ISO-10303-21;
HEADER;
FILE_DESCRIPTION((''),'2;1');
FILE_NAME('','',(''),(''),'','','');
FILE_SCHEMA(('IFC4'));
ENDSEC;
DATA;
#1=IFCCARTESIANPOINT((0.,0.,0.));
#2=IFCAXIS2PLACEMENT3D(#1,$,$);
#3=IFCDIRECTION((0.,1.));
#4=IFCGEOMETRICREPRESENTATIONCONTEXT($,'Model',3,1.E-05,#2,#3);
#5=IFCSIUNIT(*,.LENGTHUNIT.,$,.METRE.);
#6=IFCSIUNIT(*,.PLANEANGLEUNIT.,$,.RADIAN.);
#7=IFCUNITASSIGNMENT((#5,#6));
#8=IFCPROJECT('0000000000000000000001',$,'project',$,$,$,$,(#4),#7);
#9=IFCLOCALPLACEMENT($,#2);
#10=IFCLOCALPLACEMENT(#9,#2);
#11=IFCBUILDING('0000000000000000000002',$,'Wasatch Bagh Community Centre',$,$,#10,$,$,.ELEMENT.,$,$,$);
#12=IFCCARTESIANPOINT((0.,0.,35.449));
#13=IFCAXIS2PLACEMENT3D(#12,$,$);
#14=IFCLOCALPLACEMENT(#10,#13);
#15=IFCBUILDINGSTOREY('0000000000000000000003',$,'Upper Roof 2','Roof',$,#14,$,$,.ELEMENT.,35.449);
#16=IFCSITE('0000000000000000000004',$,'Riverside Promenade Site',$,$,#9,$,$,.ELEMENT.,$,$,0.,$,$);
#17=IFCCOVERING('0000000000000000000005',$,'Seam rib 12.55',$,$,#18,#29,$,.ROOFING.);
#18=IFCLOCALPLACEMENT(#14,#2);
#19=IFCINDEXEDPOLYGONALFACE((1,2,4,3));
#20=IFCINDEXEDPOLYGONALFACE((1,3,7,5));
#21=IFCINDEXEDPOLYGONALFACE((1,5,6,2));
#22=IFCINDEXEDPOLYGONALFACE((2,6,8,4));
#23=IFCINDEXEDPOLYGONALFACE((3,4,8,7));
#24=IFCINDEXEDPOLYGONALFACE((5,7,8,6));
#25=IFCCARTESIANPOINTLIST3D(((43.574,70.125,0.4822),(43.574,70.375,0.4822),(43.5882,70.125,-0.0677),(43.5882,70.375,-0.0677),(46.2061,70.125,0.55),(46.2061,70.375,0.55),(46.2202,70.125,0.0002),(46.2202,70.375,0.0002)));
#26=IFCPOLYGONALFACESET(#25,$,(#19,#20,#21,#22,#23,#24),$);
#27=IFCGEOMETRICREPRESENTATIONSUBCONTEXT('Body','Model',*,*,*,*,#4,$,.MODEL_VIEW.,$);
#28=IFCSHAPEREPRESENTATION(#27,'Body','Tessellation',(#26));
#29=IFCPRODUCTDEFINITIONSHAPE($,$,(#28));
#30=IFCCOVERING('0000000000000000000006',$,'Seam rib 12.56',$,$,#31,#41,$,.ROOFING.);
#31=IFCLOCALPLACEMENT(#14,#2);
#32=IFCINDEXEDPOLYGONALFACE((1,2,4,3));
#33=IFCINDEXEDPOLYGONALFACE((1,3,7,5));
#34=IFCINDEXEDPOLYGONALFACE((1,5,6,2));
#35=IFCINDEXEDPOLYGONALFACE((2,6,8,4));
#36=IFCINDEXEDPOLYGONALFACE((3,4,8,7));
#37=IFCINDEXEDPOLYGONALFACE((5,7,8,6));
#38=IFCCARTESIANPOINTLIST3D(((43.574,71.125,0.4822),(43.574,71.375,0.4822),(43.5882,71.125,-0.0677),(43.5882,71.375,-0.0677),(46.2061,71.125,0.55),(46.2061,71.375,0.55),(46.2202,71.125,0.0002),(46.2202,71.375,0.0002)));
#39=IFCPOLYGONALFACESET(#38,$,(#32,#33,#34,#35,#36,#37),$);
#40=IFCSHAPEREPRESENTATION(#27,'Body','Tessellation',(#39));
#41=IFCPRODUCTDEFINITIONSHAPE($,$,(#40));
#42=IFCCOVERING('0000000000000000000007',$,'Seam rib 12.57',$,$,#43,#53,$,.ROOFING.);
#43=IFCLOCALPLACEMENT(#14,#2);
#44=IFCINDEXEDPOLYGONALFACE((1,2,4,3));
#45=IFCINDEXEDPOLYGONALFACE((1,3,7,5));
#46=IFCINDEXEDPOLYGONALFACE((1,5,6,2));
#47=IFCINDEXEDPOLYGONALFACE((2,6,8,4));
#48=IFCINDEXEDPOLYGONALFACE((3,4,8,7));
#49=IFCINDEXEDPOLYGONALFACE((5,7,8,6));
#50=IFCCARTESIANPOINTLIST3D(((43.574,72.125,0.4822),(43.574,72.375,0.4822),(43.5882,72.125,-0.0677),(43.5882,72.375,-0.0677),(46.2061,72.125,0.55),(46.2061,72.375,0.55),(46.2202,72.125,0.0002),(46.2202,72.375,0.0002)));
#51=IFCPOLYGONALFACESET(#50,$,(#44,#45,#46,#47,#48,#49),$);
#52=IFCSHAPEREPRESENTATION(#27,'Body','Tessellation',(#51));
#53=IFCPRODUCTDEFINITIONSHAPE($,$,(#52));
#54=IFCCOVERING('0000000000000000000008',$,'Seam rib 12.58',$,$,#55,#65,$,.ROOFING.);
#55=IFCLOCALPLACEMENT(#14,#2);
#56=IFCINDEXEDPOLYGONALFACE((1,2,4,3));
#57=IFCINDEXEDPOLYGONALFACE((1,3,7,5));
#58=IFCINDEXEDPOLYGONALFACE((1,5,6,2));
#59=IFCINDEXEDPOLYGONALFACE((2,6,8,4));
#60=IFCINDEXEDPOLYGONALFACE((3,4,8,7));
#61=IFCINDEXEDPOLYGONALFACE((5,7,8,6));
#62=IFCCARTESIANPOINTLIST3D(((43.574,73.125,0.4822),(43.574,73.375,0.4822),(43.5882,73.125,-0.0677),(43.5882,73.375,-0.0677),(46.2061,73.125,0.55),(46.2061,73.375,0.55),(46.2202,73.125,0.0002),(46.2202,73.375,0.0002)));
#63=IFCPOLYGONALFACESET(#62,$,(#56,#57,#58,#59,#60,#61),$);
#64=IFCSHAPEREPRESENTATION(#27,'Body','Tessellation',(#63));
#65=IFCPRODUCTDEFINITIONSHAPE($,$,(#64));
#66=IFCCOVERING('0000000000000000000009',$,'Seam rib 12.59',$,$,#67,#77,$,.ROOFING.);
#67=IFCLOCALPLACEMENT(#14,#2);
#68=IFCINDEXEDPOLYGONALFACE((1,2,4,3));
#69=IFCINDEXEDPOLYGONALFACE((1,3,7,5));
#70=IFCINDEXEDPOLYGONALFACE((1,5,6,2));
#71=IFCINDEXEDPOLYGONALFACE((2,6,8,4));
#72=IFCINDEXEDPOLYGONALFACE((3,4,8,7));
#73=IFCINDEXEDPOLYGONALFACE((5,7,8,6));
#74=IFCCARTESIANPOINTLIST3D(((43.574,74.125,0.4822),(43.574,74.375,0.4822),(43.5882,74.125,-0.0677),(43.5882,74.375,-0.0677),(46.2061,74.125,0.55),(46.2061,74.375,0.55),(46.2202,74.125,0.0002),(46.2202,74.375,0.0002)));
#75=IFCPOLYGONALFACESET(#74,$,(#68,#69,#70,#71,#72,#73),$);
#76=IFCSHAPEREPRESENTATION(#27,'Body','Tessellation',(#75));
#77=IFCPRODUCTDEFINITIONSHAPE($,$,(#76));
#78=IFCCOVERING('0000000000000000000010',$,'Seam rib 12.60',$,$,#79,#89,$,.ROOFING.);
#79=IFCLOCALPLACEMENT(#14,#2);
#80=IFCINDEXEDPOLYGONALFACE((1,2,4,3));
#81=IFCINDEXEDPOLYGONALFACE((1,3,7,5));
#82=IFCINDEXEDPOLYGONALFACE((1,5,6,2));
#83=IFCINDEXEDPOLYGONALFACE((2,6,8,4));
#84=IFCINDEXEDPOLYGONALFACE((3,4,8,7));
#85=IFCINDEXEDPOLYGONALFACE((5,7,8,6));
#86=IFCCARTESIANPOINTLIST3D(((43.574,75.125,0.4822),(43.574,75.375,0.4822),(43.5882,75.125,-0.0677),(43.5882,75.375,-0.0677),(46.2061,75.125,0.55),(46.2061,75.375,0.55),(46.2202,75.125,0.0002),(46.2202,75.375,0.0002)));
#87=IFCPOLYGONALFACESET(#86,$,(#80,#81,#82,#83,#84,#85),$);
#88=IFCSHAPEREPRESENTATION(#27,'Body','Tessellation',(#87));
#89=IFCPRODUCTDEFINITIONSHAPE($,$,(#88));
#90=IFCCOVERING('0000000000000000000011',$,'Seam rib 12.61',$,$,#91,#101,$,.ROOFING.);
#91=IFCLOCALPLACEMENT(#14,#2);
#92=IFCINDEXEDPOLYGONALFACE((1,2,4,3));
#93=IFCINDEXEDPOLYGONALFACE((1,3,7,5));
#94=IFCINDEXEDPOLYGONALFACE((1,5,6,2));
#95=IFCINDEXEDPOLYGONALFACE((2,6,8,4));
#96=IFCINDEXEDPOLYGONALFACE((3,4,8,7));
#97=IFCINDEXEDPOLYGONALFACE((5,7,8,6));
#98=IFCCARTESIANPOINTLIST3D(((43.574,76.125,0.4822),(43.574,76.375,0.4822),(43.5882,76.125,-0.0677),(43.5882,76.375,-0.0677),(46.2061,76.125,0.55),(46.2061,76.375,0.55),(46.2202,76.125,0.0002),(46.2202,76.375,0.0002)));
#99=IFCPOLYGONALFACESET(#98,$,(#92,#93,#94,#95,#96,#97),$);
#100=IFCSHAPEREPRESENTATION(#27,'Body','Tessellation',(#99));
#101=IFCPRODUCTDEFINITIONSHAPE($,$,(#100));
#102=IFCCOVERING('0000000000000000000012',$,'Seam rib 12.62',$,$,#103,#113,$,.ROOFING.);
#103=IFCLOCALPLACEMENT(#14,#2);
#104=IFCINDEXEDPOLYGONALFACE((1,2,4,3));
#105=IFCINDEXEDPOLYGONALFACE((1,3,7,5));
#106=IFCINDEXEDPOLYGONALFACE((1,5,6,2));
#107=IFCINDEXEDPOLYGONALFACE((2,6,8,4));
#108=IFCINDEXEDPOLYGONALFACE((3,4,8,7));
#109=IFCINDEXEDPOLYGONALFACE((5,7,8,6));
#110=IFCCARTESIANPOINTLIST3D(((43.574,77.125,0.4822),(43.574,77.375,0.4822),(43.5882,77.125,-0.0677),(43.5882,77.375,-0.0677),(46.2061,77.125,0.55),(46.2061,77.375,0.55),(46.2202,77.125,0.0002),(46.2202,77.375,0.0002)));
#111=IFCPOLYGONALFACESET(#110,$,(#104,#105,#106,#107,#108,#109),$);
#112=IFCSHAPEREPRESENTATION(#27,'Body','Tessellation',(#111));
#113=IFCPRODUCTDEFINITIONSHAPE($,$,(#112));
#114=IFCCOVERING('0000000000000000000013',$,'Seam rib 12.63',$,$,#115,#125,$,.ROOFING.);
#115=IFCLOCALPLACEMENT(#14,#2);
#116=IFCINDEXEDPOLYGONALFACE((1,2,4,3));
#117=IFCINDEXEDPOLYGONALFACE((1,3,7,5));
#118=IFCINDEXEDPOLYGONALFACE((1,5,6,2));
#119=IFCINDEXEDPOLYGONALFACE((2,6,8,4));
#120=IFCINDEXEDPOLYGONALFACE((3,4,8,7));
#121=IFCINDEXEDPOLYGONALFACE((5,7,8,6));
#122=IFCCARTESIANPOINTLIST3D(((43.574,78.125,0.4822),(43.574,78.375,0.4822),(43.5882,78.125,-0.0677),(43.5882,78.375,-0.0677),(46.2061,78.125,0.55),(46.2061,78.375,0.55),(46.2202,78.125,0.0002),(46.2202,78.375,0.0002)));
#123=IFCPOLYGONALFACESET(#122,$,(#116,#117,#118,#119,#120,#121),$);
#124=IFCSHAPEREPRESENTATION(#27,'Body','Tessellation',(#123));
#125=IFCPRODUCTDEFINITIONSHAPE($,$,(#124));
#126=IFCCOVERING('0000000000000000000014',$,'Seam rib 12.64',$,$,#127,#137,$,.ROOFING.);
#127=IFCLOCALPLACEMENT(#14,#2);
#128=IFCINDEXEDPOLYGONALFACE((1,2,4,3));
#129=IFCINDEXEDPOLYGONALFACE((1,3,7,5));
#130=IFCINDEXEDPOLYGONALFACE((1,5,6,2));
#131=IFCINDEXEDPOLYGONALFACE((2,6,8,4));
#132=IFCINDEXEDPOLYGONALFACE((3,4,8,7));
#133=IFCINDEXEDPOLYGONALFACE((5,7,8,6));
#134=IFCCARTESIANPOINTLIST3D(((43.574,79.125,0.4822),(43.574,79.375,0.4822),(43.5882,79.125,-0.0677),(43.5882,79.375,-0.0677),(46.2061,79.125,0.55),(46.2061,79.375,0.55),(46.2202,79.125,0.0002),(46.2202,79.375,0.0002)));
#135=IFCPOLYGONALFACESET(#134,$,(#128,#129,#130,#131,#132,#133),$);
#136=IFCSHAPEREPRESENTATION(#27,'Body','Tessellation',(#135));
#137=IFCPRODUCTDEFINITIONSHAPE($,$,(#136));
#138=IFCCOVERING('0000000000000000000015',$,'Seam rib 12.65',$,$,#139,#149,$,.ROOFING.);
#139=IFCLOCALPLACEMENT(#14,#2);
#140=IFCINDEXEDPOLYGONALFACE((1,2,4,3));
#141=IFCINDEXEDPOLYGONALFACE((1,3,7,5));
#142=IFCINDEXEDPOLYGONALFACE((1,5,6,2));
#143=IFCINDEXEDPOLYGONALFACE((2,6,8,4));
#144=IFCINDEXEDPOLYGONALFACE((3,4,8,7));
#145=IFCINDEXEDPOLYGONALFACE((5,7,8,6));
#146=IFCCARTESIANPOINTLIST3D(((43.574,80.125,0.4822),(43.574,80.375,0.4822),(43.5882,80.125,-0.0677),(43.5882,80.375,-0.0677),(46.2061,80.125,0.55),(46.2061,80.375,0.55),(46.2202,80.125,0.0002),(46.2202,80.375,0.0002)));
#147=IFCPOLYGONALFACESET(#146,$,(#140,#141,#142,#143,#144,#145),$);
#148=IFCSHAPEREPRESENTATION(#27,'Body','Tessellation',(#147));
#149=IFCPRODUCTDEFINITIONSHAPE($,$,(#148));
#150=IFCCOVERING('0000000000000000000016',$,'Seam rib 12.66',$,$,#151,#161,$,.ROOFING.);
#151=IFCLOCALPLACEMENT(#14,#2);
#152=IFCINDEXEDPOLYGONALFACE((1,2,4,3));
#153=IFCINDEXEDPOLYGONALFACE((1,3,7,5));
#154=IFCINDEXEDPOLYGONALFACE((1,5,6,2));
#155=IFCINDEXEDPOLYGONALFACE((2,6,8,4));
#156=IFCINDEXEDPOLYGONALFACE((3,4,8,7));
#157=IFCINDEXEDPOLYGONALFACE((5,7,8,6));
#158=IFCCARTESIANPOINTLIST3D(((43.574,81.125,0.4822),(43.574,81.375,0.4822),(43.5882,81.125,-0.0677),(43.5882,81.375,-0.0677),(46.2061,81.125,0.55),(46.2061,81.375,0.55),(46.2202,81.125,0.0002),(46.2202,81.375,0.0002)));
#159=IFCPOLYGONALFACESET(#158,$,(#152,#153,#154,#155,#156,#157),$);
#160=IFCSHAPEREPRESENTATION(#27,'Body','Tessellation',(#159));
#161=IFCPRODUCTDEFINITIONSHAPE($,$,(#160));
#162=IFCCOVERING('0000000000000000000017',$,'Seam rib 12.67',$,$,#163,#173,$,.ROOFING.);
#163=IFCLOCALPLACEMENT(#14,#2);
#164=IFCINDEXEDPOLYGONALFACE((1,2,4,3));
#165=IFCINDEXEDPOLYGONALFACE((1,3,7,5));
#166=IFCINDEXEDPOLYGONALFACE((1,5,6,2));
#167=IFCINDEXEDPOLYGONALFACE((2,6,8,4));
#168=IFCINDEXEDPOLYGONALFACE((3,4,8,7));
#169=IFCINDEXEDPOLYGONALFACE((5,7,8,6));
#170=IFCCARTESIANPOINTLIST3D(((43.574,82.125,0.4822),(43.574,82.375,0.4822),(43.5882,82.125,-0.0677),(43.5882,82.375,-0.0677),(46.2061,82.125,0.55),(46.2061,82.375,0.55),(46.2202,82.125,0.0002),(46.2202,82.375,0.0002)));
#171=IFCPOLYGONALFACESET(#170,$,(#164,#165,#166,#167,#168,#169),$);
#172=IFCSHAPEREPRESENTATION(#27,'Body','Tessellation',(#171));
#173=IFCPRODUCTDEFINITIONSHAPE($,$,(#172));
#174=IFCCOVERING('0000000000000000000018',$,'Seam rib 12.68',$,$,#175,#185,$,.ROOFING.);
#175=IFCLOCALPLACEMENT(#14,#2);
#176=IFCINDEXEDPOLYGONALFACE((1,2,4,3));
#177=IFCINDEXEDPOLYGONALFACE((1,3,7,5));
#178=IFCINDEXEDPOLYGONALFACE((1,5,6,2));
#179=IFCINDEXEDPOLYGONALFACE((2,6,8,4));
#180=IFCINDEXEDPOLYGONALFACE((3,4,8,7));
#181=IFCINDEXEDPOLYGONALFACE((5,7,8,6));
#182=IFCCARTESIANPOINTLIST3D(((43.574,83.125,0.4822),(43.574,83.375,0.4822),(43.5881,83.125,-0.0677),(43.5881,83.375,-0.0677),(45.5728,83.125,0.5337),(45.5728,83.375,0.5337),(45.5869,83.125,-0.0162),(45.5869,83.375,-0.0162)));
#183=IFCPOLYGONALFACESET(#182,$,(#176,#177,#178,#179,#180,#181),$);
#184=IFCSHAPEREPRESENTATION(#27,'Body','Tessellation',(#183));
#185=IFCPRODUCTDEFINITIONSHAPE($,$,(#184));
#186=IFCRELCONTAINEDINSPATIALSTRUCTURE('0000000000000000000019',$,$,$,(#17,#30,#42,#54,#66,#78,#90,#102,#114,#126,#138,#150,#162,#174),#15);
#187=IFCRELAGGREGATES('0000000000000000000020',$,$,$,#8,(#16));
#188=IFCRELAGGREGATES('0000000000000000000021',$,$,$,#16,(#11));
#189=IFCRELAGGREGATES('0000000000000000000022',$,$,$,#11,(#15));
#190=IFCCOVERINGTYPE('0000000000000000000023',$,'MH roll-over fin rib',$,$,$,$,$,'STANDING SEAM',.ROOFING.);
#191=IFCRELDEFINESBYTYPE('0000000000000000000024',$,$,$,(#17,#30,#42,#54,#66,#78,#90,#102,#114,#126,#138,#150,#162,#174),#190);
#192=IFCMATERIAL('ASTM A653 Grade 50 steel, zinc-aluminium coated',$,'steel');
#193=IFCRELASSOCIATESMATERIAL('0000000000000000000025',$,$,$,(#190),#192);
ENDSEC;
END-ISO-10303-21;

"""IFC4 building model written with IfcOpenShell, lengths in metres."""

from ifc_helpers import new_model, si_unit, direction, frame, origin, place, context, subcontext, project, spatial, polyline, outline, extrude, material, type_object, element, save


model = new_model("IFC4")

# Units and contexts
model_context = context("Model", 3, precision=1e-05, world=origin(), true_north=direction((0.0, 1.0)))
body_context = subcontext(model_context, "Body", "Model", "MODEL_VIEW")
ifc_project = project(units=[si_unit("LENGTHUNIT", "METRE"), si_unit("PLANEANGLEUNIT", "RADIAN")], contexts=[model_context])

# Site, building, storey
site_placement = place(None, origin())
site = spatial("IfcSite", under=ifc_project, at=site_placement, Name="Riverside Promenade Site", CompositionType="ELEMENT", RefElevation=0.0)
building_placement = place(site_placement, origin())
building = spatial("IfcBuilding", under=site, at=building_placement, Name="Wasatch Bagh Community Centre", CompositionType="ELEMENT")
storey_placement = place(building_placement, frame((0.0, 0.0, 35.449)))
storey = spatial("IfcBuildingStorey", under=building, at=storey_placement, Name="Upper Roof 2", Description="Roof", CompositionType="ELEMENT", Elevation=35.449)

# Coverings
ifc_material_1 = material(Name="ASTM A653 Grade 50 steel, zinc-aluminium coated", Category="steel")
covering_type = type_object("IfcCoveringType", Name="MH roll-over fin rib", ElementType="STANDING SEAM", PredefinedType="ROOFING", material=ifc_material_1)
for number, where, z_axis, x_axis, name in (
    (1, (43.574, 70.125, 0.4822), (-0.025778, 0.0, 0.999668), (0.999668, 0.0, 0.025778), "Seam rib 12.55"),
    (2, (43.574, 71.125, 0.4822), (-0.025778, 0.0, 0.999668), (0.999668, 0.0, 0.025778), "Seam rib 12.56"),
    (3, (43.574, 72.125, 0.4822), (-0.025778, 0.0, 0.999668), (0.999668, 0.0, 0.025778), "Seam rib 12.57"),
    (4, (43.574, 73.125, 0.4822), (-0.025778, 0.0, 0.999668), (0.999668, 0.0, 0.025778), "Seam rib 12.58"),
    (5, (43.574, 74.125, 0.4822), (-0.025778, 0.0, 0.999668), (0.999668, 0.0, 0.025778), "Seam rib 12.59"),
    (6, (43.574, 75.125, 0.4822), (-0.025778, 0.0, 0.999668), (0.999668, 0.0, 0.025778), "Seam rib 12.60"),
    (7, (43.574, 76.125, 0.4822), (-0.025778, 0.0, 0.999668), (0.999668, 0.0, 0.025778), "Seam rib 12.61"),
    (8, (43.574, 77.125, 0.4822), (-0.025778, 0.0, 0.999668), (0.999668, 0.0, 0.025778), "Seam rib 12.62"),
    (9, (43.574, 78.125, 0.4822), (-0.025778, 0.0, 0.999668), (0.999668, 0.0, 0.025778), "Seam rib 12.63"),
    (10, (43.574, 79.125, 0.4822), (-0.025778, 0.0, 0.999668), (0.999668, 0.0, 0.025778), "Seam rib 12.64"),
    (11, (43.574, 80.125, 0.4822), (-0.025778, 0.0, 0.999668), (0.999668, 0.0, 0.025778), "Seam rib 12.65"),
    (12, (43.574, 81.125, 0.4822), (-0.025778, 0.0, 0.999668), (0.999668, 0.0, 0.025778), "Seam rib 12.66"),
    (13, (43.574, 82.125, 0.4822), (-0.025778, 0.0, 0.999668), (0.999668, 0.0, 0.025778), "Seam rib 12.67"),
):
    element("IfcCovering", number, at=place(storey_placement, frame(where, z_axis=z_axis, x_axis=x_axis)), inside=storey, type_object=covering_type, Name=name, PredefinedType="ROOFING", context=body_context, shape_type="SweptSolid", body=[
        extrude(outline(polyline([(0.0, 0.0), (2.633, 0.0), (2.633, 0.25), (0.0, 0.25), (0.0, 0.0)])), origin(), (0.0, 0.0, -1.0), 0.55),
    ])
covering_1_placement = place(storey_placement, frame((43.574, 83.125, 0.4822), z_axis=(-0.025764, 0.0, 0.999668), x_axis=(0.999668, 0.0, 0.025764)))
element("IfcCovering", 14, at=covering_1_placement, inside=storey, type_object=covering_type, Name="Seam rib 12.68", PredefinedType="ROOFING", context=body_context, shape_type="SweptSolid", body=[
    extrude(outline(polyline([(0.0, 0.0), (1.9994, 0.0), (1.9994, 0.25), (0.0, 0.25), (0.0, 0.0)])), origin(), (0.0, 0.0, -1.0), 0.55),
])

save(model, "model.ifc")
